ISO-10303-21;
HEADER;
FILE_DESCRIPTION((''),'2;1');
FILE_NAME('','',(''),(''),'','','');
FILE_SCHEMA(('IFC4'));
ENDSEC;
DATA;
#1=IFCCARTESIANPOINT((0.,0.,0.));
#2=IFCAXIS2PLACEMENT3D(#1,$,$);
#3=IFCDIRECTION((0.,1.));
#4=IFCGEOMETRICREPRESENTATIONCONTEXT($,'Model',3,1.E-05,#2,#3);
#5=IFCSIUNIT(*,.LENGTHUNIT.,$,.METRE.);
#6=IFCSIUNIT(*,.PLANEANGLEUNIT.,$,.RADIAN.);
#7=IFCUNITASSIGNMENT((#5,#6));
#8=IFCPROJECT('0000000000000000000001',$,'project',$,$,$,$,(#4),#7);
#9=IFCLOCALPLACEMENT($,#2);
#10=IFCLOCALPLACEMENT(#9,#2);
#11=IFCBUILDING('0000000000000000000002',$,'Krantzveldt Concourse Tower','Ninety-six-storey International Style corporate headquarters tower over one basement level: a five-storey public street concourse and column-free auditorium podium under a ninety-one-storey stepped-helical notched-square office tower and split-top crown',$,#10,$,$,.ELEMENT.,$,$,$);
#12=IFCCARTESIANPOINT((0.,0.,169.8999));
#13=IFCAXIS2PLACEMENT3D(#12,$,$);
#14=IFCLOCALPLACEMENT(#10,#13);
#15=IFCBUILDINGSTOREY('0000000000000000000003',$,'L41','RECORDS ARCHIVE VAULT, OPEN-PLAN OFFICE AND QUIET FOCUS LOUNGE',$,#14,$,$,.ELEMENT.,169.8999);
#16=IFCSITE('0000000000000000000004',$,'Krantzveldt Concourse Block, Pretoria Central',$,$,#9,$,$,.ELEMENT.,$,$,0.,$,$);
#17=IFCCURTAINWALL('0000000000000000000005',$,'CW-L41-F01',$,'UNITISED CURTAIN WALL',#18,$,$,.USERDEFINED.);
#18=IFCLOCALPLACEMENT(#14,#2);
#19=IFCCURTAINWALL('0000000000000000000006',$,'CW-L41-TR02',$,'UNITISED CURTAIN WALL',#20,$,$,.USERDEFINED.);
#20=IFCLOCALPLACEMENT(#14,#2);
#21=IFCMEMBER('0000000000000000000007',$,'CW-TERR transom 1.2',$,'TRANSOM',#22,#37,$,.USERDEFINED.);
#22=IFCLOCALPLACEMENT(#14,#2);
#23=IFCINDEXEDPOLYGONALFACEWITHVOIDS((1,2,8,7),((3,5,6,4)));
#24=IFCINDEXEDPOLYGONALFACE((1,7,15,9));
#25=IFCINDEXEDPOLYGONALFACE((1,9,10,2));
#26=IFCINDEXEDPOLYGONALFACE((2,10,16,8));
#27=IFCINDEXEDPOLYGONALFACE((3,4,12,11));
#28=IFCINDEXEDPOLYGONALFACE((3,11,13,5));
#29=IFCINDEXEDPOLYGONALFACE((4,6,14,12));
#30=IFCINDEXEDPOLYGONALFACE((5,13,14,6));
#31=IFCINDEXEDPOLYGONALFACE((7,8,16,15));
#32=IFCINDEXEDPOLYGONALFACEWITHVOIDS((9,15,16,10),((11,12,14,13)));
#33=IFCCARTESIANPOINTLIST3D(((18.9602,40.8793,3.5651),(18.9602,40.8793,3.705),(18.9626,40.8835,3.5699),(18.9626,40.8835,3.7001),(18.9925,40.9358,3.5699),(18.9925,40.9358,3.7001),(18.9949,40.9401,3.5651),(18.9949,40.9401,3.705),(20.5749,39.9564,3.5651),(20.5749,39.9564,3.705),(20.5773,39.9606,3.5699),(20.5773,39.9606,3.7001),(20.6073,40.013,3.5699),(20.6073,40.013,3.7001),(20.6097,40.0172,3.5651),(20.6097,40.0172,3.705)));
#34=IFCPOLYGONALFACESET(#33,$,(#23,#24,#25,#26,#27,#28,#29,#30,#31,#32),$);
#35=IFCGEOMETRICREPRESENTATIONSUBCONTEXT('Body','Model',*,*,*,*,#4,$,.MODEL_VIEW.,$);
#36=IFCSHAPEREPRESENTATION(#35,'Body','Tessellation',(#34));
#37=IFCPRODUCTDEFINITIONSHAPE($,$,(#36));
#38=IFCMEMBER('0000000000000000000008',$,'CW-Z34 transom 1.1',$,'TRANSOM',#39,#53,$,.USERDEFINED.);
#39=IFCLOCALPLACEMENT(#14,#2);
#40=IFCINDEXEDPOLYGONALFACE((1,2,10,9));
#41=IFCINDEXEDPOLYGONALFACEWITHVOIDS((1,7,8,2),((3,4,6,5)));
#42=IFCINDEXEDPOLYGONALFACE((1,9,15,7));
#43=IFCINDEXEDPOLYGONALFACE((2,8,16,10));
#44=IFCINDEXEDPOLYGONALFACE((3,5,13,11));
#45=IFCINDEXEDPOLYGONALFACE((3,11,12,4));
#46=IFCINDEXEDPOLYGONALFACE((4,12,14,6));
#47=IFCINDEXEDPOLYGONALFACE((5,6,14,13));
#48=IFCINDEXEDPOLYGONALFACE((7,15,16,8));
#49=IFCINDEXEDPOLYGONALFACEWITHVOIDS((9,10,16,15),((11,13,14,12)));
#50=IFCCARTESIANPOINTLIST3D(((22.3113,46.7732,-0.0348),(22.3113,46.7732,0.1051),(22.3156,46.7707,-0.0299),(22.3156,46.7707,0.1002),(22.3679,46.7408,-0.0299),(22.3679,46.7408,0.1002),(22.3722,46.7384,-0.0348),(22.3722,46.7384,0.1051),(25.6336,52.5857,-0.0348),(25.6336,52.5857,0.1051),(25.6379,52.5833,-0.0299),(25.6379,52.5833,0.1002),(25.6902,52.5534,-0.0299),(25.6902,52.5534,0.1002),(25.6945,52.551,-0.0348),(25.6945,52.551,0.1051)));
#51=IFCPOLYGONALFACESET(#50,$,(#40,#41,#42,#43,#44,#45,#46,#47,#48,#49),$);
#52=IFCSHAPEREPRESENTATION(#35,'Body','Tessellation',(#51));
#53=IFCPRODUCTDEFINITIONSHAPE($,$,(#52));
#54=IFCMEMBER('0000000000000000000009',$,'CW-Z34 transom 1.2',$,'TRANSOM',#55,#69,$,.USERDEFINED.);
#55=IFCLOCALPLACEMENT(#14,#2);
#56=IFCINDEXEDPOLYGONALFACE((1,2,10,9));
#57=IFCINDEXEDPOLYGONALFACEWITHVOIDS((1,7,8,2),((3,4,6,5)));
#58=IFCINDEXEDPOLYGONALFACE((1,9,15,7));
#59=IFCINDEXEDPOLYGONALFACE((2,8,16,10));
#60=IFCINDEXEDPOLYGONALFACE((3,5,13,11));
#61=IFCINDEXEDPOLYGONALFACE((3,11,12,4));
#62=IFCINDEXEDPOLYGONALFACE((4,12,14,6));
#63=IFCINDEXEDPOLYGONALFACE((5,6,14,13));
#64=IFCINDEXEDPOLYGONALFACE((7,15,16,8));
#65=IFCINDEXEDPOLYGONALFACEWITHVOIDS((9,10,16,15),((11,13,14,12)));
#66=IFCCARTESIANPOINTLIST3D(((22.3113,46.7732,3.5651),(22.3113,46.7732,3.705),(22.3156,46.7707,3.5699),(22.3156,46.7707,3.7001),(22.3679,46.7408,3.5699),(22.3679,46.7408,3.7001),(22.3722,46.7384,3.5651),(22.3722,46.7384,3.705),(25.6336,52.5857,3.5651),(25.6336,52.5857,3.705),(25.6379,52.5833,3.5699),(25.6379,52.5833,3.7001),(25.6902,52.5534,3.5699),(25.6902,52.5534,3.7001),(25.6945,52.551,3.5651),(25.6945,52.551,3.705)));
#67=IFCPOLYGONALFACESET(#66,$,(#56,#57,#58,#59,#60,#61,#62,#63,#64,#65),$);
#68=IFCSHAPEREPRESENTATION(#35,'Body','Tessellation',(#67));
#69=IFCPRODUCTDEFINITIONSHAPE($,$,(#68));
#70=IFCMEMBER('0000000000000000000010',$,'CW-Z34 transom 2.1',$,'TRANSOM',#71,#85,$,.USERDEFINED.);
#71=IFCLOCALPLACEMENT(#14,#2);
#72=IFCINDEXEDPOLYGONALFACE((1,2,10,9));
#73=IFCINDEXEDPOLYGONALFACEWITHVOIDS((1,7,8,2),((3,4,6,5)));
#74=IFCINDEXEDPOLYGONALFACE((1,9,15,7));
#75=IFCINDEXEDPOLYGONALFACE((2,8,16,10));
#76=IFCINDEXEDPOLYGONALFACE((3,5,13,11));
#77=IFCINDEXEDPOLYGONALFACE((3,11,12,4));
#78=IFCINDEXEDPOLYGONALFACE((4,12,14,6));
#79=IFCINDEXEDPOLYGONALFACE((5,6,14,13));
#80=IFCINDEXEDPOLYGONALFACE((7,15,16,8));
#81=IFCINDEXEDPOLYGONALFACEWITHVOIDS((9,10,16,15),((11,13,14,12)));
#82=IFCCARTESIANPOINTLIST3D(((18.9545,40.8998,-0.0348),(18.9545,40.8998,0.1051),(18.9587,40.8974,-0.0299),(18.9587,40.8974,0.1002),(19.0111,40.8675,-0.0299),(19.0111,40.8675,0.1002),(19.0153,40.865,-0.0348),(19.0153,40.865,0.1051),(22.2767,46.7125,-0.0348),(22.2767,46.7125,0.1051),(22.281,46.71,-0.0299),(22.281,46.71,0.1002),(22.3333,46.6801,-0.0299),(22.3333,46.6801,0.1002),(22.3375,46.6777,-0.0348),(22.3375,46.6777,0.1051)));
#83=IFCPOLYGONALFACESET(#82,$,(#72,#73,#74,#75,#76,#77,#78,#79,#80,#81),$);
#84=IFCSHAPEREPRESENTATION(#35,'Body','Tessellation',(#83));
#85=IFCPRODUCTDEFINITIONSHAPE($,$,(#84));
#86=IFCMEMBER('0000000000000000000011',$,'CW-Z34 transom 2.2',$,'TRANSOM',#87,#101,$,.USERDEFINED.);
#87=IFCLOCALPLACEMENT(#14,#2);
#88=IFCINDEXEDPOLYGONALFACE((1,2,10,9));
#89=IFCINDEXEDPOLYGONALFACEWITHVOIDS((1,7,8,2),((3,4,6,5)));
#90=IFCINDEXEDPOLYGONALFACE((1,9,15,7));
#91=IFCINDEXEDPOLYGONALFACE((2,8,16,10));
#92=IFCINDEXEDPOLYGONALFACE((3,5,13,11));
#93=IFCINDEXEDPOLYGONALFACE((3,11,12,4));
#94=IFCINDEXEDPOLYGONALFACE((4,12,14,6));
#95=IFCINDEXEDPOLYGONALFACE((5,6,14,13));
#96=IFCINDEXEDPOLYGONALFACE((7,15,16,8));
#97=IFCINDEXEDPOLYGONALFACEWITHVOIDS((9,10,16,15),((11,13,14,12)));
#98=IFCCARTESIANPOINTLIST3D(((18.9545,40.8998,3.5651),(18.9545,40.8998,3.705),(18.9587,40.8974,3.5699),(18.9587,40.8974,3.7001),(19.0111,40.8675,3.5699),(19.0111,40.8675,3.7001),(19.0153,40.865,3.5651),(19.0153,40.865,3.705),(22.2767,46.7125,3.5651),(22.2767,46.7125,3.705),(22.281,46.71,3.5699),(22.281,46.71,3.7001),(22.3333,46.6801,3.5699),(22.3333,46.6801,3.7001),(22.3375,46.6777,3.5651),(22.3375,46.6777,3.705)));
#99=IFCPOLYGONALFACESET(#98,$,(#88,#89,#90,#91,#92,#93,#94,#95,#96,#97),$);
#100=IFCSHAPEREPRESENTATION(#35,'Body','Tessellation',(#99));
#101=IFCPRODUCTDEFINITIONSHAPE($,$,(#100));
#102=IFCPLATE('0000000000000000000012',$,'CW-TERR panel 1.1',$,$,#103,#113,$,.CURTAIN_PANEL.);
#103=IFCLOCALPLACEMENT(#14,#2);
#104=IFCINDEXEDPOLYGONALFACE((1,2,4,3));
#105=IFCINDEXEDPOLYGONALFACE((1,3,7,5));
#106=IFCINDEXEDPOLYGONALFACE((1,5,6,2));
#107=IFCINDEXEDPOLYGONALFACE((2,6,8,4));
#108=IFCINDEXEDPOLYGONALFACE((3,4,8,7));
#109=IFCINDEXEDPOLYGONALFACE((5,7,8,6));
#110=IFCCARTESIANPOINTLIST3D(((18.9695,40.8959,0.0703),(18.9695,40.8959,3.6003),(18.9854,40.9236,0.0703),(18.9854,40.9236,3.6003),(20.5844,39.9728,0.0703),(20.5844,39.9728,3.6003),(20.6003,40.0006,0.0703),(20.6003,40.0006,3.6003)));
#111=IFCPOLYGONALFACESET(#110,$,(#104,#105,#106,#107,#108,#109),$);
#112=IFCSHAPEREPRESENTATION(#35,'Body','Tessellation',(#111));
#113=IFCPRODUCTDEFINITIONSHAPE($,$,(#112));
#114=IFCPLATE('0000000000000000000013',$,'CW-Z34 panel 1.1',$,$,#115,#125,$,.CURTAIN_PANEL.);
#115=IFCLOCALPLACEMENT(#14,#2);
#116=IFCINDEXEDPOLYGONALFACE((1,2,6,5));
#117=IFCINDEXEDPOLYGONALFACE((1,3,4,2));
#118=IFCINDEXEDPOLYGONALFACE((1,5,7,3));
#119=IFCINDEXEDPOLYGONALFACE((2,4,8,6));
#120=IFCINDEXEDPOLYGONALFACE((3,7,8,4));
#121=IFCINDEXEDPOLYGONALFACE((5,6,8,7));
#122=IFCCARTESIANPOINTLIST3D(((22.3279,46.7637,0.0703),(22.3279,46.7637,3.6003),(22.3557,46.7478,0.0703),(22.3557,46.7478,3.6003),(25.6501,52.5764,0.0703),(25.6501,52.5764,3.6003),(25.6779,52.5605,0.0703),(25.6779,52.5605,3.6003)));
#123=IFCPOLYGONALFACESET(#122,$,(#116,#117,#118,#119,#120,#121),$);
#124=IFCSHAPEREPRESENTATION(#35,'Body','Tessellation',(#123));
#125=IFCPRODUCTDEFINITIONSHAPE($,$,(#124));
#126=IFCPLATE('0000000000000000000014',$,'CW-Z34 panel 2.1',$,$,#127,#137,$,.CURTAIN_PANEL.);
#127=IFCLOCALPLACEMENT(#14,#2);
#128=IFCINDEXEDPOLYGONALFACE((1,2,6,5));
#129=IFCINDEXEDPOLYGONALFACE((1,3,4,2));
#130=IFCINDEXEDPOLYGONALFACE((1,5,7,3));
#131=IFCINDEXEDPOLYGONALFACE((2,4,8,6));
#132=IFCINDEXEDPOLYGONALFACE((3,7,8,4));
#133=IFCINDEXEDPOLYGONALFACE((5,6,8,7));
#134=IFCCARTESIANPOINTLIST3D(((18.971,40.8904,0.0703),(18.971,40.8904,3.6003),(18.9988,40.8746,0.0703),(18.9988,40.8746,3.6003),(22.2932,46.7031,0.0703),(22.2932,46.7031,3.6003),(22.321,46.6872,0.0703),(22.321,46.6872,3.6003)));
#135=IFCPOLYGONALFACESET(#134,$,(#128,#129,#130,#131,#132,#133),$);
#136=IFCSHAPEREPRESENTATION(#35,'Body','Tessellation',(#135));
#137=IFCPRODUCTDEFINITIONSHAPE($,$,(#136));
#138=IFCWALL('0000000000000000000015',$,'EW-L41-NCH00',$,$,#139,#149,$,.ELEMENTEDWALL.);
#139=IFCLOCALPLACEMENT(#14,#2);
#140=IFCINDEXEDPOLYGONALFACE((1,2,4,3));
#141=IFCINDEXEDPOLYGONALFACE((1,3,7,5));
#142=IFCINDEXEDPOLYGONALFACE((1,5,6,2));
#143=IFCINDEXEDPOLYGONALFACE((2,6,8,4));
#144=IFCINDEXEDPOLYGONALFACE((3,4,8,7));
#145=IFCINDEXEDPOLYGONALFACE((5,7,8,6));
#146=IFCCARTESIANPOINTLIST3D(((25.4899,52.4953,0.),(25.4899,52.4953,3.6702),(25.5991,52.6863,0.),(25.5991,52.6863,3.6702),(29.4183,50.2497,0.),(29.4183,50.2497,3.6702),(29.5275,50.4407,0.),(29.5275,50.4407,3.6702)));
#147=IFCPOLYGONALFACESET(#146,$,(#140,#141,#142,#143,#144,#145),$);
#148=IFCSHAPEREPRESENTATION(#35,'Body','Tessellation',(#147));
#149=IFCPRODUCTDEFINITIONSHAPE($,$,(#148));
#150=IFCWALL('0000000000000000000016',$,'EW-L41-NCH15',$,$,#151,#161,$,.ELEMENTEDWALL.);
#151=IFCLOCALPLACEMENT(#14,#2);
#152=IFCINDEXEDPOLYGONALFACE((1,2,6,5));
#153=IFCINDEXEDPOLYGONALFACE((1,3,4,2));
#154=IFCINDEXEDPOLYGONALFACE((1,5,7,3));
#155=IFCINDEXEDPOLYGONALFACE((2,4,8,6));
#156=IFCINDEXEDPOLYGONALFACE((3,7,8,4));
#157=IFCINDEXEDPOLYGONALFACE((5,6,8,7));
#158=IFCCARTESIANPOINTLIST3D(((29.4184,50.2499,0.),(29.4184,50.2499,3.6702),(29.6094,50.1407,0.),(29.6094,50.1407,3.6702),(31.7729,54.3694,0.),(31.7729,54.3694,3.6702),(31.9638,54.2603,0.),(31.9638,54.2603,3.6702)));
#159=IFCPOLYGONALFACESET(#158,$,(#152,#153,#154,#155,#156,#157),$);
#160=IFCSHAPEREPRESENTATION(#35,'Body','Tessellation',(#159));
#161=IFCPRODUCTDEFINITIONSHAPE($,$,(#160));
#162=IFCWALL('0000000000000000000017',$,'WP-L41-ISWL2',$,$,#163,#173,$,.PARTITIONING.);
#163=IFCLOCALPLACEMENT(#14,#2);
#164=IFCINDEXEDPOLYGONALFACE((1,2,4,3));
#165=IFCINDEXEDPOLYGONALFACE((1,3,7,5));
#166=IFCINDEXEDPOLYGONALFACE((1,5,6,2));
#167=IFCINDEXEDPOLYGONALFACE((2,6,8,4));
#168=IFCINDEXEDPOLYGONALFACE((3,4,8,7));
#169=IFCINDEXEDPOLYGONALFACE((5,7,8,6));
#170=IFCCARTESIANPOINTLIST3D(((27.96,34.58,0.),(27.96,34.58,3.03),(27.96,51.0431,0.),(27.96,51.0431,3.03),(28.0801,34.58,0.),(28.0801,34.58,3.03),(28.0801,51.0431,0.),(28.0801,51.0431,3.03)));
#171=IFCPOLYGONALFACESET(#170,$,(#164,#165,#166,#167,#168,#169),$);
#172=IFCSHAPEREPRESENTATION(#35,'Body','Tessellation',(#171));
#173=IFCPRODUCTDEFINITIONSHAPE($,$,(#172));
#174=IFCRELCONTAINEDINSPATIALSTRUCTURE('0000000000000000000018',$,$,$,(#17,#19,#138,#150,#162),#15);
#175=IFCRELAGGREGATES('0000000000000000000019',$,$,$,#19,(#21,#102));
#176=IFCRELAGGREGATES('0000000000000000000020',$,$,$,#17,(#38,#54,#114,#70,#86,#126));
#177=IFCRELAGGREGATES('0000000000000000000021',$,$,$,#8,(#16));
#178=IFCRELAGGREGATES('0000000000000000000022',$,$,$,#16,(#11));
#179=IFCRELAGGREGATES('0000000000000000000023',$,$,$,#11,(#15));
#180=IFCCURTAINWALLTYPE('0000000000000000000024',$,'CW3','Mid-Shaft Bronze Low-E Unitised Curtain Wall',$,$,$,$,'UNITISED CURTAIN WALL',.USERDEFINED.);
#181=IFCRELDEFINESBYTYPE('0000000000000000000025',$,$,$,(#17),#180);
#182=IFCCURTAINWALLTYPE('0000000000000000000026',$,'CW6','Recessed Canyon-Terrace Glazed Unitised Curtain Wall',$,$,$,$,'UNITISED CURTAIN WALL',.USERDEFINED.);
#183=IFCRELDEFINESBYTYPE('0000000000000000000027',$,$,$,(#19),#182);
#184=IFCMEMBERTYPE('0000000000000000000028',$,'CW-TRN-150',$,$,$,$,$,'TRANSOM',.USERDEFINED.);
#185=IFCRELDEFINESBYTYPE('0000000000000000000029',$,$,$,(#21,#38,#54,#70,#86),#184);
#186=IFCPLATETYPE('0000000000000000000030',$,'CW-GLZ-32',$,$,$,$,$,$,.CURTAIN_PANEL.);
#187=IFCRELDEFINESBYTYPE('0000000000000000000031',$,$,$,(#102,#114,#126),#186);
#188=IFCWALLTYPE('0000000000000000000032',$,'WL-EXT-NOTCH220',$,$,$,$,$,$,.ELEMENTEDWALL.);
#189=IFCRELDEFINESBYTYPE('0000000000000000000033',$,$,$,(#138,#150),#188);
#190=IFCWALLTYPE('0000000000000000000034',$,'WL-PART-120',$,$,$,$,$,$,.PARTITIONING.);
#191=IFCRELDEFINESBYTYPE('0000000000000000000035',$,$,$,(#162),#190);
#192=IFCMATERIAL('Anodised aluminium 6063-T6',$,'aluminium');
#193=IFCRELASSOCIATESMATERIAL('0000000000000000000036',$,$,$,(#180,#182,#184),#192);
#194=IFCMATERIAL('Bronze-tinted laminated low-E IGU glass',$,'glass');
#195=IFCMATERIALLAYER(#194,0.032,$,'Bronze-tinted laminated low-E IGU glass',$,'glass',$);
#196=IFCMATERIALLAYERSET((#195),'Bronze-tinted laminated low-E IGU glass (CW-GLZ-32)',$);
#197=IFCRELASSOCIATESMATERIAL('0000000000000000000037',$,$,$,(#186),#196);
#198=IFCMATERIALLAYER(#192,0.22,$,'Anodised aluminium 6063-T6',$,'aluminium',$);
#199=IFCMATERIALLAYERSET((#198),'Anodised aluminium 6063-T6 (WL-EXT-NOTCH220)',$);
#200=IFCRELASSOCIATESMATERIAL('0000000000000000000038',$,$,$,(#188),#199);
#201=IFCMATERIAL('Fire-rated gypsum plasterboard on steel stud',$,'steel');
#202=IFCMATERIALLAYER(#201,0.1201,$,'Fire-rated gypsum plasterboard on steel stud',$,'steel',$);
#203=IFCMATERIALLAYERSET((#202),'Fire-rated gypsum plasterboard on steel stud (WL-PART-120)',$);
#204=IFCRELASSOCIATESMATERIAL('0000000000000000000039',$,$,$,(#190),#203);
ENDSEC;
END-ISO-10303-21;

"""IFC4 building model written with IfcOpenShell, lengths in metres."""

from ifc_helpers import new_model, si_unit, direction, frame, frame_2d, origin, origin_2d, place, context, subcontext, project, spatial, rectangle, hollow_rectangle, extrude, source, transform, mapped, material, layer, layer_set, material_profile, profile_set, type_object, type_shapes, element, aggregate, save


model = new_model("IFC4")

# Units and contexts
model_context = context("Model", 3, precision=1e-05, world=origin(), true_north=direction((0.0, 1.0)))
body_context = subcontext(model_context, "Body", "Model", "MODEL_VIEW")
ifc_project = project(units=[si_unit("LENGTHUNIT", "METRE"), si_unit("PLANEANGLEUNIT", "RADIAN")], contexts=[model_context])

# Site, building, storey
site_placement = place(None, origin())
site = spatial("IfcSite", under=ifc_project, at=site_placement, Name="Krantzveldt Concourse Block, Pretoria Central", CompositionType="ELEMENT", RefElevation=0.0)
building_placement = place(site_placement, origin())
building = spatial("IfcBuilding", under=site, at=building_placement, Name="Krantzveldt Concourse Tower", Description="Ninety-six-storey International Style corporate headquarters tower over one basement level: a five-storey public street concourse and column-free auditorium podium under a ninety-one-storey stepped-helical notched-square office tower and split-top crown", CompositionType="ELEMENT")
storey_placement = place(building_placement, frame((0.0, 0.0, 169.8999)))
storey = spatial("IfcBuildingStorey", under=building, at=storey_placement, Name="L41", Description="RECORDS ARCHIVE VAULT, OPEN-PLAN OFFICE AND QUIET FOCUS LOUNGE", CompositionType="ELEMENT", Elevation=169.8999)

# Curtain walls
ifc_material_1 = material(Name="Anodised aluminium 6063-T6", Category="aluminium")
curtain_wall_type_1 = type_object("IfcCurtainWallType", Name="CW3", Description="Mid-Shaft Bronze Low-E Unitised Curtain Wall", ElementType="UNITISED CURTAIN WALL", PredefinedType="USERDEFINED", material=ifc_material_1)
curtain_wall_1_placement = place(storey_placement, origin())
curtain_wall_1 = element("IfcCurtainWall", 1, at=curtain_wall_1_placement, inside=storey, type_object=curtain_wall_type_1, Name="CW-L41-F01", ObjectType="UNITISED CURTAIN WALL", PredefinedType="USERDEFINED")
curtain_wall_type_2 = type_object("IfcCurtainWallType", Name="CW6", Description="Recessed Canyon-Terrace Glazed Unitised Curtain Wall", ElementType="UNITISED CURTAIN WALL", PredefinedType="USERDEFINED", material=ifc_material_1)
curtain_wall_2_placement = place(storey_placement, origin())
curtain_wall_2 = element("IfcCurtainWall", 2, at=curtain_wall_2_placement, inside=storey, type_object=curtain_wall_type_2, Name="CW-L41-TR02", ObjectType="UNITISED CURTAIN WALL", PredefinedType="USERDEFINED")

# Members
ifc_material_profile_1 = material_profile(ifc_material_1, hollow_rectangle(XDim=0.0701, YDim=0.1399, WallThickness=0.0049, at=origin_2d()), Name="Anodised aluminium 6063-T6", Category="aluminium")
ifc_profile_set_1 = profile_set([ifc_material_profile_1], Name="Anodised aluminium 6063-T6 - ALU-TRAN 140x70x5")
member_type_1 = type_object("IfcMemberType", Name="CW-TRN-150", ElementType="TRANSOM", PredefinedType="USERDEFINED", material=ifc_profile_set_1)
shared_shape_1 = source(origin(), body_context, "Body", "SweptSolid", [
    extrude(hollow_rectangle(XDim=0.0701, YDim=0.1399, WallThickness=0.0049, at=origin_2d()), origin(), (0.0, 0.0, 1.0), 1.8599),
])
member_1_placement = place(storey_placement, frame((18.9775, 40.9097, 3.635), z_axis=(0.868211, -0.496195, 0.0), x_axis=(0.496195, 0.868211, 0.0)))
member_1 = element("IfcMember", 3, at=member_1_placement, type_object=member_type_1, Name="CW-TERR transom 1.2", ObjectType="TRANSOM", PredefinedType="USERDEFINED", context=body_context, shape_type="MappedRepresentation", body=[
    mapped(shared_shape_1, transform((0.0, 0.0, 0.0), x_axis=(1.0, 0.0, 0.0), y_axis=(0.0, 1.0, 0.0), z_axis=(0.0, 0.0, 1.0), scale=1.0)),
])
shared_shape_2 = source(origin(), body_context, "Body", "SweptSolid", [
    extrude(hollow_rectangle(XDim=0.0701, YDim=0.1399, WallThickness=0.0049, at=origin_2d()), origin(), (0.0, 0.0, 1.0), 6.6951),
])
type_shapes(member_type_1, [shared_shape_1, shared_shape_2])
member_2_placement = place(storey_placement, frame((25.6641, 52.5684, 0.0352), z_axis=(-0.496233, -0.868189, 0.0), x_axis=(0.868189, -0.496233, 0.0)))
member_2 = element("IfcMember", 4, at=member_2_placement, type_object=member_type_1, Name="CW-Z34 transom 1.1", ObjectType="TRANSOM", PredefinedType="USERDEFINED", context=body_context, shape_type="MappedRepresentation", body=[
    mapped(shared_shape_2, transform((0.0, 0.0, 0.0), x_axis=(1.0, 0.0, 0.0), y_axis=(0.0, 1.0, 0.0), z_axis=(0.0, 0.0, 1.0), scale=1.0)),
])
member_3_placement = place(storey_placement, frame((25.6641, 52.5684, 3.635), z_axis=(-0.496233, -0.868189, 0.0), x_axis=(0.868189, -0.496233, 0.0)))
member_3 = element("IfcMember", 5, at=member_3_placement, type_object=member_type_1, Name="CW-Z34 transom 1.2", ObjectType="TRANSOM", PredefinedType="USERDEFINED", context=body_context, shape_type="MappedRepresentation", body=[
    mapped(shared_shape_2, transform((0.0, 0.0, 0.0), x_axis=(1.0, 0.0, 0.0), y_axis=(0.0, 1.0, 0.0), z_axis=(0.0, 0.0, 1.0), scale=1.0)),
])
member_4_placement = place(storey_placement, frame((22.3071, 46.6951, 0.0352), z_axis=(-0.496217, -0.868198, 0.0), x_axis=(0.868198, -0.496217, 0.0)))
member_4 = element("IfcMember", 6, at=member_4_placement, type_object=member_type_1, Name="CW-Z34 transom 2.1", ObjectType="TRANSOM", PredefinedType="USERDEFINED", context=body_context, shape_type="MappedRepresentation", body=[
    mapped(shared_shape_2, transform((0.0, 0.0, 0.0), x_axis=(1.0, 0.0, 0.0), y_axis=(0.0, 1.0, 0.0), z_axis=(0.0, 0.0, 1.0), scale=1.0)),
])
member_5_placement = place(storey_placement, frame((22.3071, 46.6951, 3.635), z_axis=(-0.496217, -0.868198, 0.0), x_axis=(0.868198, -0.496217, 0.0)))
member_5 = element("IfcMember", 7, at=member_5_placement, type_object=member_type_1, Name="CW-Z34 transom 2.2", ObjectType="TRANSOM", PredefinedType="USERDEFINED", context=body_context, shape_type="MappedRepresentation", body=[
    mapped(shared_shape_2, transform((0.0, 0.0, 0.0), x_axis=(1.0, 0.0, 0.0), y_axis=(0.0, 1.0, 0.0), z_axis=(0.0, 0.0, 1.0), scale=1.0)),
])

# Plates
ifc_material_2 = material(Name="Bronze-tinted laminated low-E IGU glass", Category="glass")
ifc_layer_1 = layer(ifc_material_2, 0.032, Name="Bronze-tinted laminated low-E IGU glass", Category="glass")
ifc_layer_set_1 = layer_set([ifc_layer_1], Name="Bronze-tinted laminated low-E IGU glass (CW-GLZ-32)")
plate_type = type_object("IfcPlateType", Name="CW-GLZ-32", PredefinedType="CURTAIN_PANEL", material=ifc_layer_set_1)
shared_shape_3 = source(origin(), body_context, "Body", "SweptSolid", [
    extrude(rectangle(XDim=1.8601, YDim=0.032, at=origin_2d()), origin(), (0.0, 0.0, 1.0), 3.53),
])
plate_1_placement = place(storey_placement, frame((19.7849, 40.4482, 0.0703), z_axis=(0.0, 0.0, 1.0), x_axis=(0.868198, -0.496219, 0.0)))
plate_1 = element("IfcPlate", 8, at=plate_1_placement, type_object=plate_type, Name="CW-TERR panel 1.1", PredefinedType="CURTAIN_PANEL", context=body_context, shape_type="MappedRepresentation", body=[
    mapped(shared_shape_3, transform((0.0, 0.0, 0.0), x_axis=(1.0, 0.0, 0.0), y_axis=(0.0, 1.0, 0.0), z_axis=(0.0, 0.0, 1.0), scale=1.0)),
])
aggregate(curtain_wall_2, [member_1, plate_1])
shared_shape_4 = source(origin(), body_context, "Body", "SweptSolid", [
    extrude(rectangle(XDim=6.6951, YDim=0.032, at=origin_2d()), origin(), (0.0, 0.0, 1.0), 3.53),
])
type_shapes(plate_type, [shared_shape_3, shared_shape_4])
plate_2_placement = place(storey_placement, frame((24.0029, 49.6621, 0.0703), z_axis=(0.0, 0.0, 1.0), x_axis=(-0.496216, -0.868199, 0.0)))
plate_2 = element("IfcPlate", 9, at=plate_2_placement, type_object=plate_type, Name="CW-Z34 panel 1.1", PredefinedType="CURTAIN_PANEL", context=body_context, shape_type="MappedRepresentation", body=[
    mapped(shared_shape_4, transform((0.0, 0.0, 0.0), x_axis=(1.0, 0.0, 0.0), y_axis=(0.0, 1.0, 0.0), z_axis=(0.0, 0.0, 1.0), scale=1.0)),
])
plate_3_placement = place(storey_placement, frame((20.646, 43.7888, 0.0703), z_axis=(0.0, 0.0, 1.0), x_axis=(-0.496216, -0.868199, 0.0)))
plate_3 = element("IfcPlate", 10, at=plate_3_placement, type_object=plate_type, Name="CW-Z34 panel 2.1", PredefinedType="CURTAIN_PANEL", context=body_context, shape_type="MappedRepresentation", body=[
    mapped(shared_shape_4, transform((0.0, 0.0, 0.0), x_axis=(1.0, 0.0, 0.0), y_axis=(0.0, 1.0, 0.0), z_axis=(0.0, 0.0, 1.0), scale=1.0)),
])
aggregate(curtain_wall_1, [member_2, member_3, plate_2, member_4, member_5, plate_3])

# Walls
ifc_layer_2 = layer(ifc_material_1, 0.22, Name="Anodised aluminium 6063-T6", Category="aluminium")
ifc_layer_set_2 = layer_set([ifc_layer_2], Name="Anodised aluminium 6063-T6 (WL-EXT-NOTCH220)")
wall_type_1 = type_object("IfcWallType", Name="WL-EXT-NOTCH220", PredefinedType="ELEMENTEDWALL", material=ifc_layer_set_2)
wall_1_placement = place(storey_placement, frame((29.4729, 50.3452, 0.0), z_axis=(0.0, 0.0, 1.0), x_axis=(-0.86817, 0.496267, 0.0)))
element("IfcWall", 11, at=wall_1_placement, inside=storey, type_object=wall_type_1, Name="EW-L41-NCH00", PredefinedType="ELEMENTEDWALL", context=body_context, shape_type="SweptSolid", body=[
    extrude(rectangle(XDim=4.5249, YDim=0.22, at=frame_2d((2.2625, 0.0))), origin(), (0.0, 0.0, 1.0), 3.6702),
])
wall_2_placement = place(storey_placement, frame((31.8684, 54.3149, 0.0), z_axis=(0.0, 0.0, 1.0), x_axis=(-0.496205, -0.868205, 0.0)))
element("IfcWall", 12, at=wall_2_placement, inside=storey, type_object=wall_type_1, Name="EW-L41-NCH15", PredefinedType="ELEMENTEDWALL", context=body_context, shape_type="SweptSolid", body=[
    extrude(rectangle(XDim=4.7449, YDim=0.22, at=frame_2d((2.3726, 0.0))), origin(), (0.0, 0.0, 1.0), 3.6702),
])
ifc_material_3 = material(Name="Fire-rated gypsum plasterboard on steel stud", Category="steel")
ifc_layer_3 = layer(ifc_material_3, 0.1201, Name="Fire-rated gypsum plasterboard on steel stud", Category="steel")
ifc_layer_set_3 = layer_set([ifc_layer_3], Name="Fire-rated gypsum plasterboard on steel stud (WL-PART-120)")
wall_type_2 = type_object("IfcWallType", Name="WL-PART-120", PredefinedType="PARTITIONING", material=ifc_layer_set_3)
wall_3_placement = place(storey_placement, frame((28.02, 34.5801, 0.0), z_axis=(0.0, 0.0, 1.0), x_axis=(0.0, 1.0, 0.0)))
element("IfcWall", 13, at=wall_3_placement, inside=storey, type_object=wall_type_2, Name="WP-L41-ISWL2", PredefinedType="PARTITIONING", context=body_context, shape_type="SweptSolid", body=[
    extrude(rectangle(XDim=16.4631, YDim=0.1201, at=frame_2d((8.2314, 0.0))), origin(), (0.0, 0.0, 1.0), 3.03),
])

save(model, "model.ifc")
